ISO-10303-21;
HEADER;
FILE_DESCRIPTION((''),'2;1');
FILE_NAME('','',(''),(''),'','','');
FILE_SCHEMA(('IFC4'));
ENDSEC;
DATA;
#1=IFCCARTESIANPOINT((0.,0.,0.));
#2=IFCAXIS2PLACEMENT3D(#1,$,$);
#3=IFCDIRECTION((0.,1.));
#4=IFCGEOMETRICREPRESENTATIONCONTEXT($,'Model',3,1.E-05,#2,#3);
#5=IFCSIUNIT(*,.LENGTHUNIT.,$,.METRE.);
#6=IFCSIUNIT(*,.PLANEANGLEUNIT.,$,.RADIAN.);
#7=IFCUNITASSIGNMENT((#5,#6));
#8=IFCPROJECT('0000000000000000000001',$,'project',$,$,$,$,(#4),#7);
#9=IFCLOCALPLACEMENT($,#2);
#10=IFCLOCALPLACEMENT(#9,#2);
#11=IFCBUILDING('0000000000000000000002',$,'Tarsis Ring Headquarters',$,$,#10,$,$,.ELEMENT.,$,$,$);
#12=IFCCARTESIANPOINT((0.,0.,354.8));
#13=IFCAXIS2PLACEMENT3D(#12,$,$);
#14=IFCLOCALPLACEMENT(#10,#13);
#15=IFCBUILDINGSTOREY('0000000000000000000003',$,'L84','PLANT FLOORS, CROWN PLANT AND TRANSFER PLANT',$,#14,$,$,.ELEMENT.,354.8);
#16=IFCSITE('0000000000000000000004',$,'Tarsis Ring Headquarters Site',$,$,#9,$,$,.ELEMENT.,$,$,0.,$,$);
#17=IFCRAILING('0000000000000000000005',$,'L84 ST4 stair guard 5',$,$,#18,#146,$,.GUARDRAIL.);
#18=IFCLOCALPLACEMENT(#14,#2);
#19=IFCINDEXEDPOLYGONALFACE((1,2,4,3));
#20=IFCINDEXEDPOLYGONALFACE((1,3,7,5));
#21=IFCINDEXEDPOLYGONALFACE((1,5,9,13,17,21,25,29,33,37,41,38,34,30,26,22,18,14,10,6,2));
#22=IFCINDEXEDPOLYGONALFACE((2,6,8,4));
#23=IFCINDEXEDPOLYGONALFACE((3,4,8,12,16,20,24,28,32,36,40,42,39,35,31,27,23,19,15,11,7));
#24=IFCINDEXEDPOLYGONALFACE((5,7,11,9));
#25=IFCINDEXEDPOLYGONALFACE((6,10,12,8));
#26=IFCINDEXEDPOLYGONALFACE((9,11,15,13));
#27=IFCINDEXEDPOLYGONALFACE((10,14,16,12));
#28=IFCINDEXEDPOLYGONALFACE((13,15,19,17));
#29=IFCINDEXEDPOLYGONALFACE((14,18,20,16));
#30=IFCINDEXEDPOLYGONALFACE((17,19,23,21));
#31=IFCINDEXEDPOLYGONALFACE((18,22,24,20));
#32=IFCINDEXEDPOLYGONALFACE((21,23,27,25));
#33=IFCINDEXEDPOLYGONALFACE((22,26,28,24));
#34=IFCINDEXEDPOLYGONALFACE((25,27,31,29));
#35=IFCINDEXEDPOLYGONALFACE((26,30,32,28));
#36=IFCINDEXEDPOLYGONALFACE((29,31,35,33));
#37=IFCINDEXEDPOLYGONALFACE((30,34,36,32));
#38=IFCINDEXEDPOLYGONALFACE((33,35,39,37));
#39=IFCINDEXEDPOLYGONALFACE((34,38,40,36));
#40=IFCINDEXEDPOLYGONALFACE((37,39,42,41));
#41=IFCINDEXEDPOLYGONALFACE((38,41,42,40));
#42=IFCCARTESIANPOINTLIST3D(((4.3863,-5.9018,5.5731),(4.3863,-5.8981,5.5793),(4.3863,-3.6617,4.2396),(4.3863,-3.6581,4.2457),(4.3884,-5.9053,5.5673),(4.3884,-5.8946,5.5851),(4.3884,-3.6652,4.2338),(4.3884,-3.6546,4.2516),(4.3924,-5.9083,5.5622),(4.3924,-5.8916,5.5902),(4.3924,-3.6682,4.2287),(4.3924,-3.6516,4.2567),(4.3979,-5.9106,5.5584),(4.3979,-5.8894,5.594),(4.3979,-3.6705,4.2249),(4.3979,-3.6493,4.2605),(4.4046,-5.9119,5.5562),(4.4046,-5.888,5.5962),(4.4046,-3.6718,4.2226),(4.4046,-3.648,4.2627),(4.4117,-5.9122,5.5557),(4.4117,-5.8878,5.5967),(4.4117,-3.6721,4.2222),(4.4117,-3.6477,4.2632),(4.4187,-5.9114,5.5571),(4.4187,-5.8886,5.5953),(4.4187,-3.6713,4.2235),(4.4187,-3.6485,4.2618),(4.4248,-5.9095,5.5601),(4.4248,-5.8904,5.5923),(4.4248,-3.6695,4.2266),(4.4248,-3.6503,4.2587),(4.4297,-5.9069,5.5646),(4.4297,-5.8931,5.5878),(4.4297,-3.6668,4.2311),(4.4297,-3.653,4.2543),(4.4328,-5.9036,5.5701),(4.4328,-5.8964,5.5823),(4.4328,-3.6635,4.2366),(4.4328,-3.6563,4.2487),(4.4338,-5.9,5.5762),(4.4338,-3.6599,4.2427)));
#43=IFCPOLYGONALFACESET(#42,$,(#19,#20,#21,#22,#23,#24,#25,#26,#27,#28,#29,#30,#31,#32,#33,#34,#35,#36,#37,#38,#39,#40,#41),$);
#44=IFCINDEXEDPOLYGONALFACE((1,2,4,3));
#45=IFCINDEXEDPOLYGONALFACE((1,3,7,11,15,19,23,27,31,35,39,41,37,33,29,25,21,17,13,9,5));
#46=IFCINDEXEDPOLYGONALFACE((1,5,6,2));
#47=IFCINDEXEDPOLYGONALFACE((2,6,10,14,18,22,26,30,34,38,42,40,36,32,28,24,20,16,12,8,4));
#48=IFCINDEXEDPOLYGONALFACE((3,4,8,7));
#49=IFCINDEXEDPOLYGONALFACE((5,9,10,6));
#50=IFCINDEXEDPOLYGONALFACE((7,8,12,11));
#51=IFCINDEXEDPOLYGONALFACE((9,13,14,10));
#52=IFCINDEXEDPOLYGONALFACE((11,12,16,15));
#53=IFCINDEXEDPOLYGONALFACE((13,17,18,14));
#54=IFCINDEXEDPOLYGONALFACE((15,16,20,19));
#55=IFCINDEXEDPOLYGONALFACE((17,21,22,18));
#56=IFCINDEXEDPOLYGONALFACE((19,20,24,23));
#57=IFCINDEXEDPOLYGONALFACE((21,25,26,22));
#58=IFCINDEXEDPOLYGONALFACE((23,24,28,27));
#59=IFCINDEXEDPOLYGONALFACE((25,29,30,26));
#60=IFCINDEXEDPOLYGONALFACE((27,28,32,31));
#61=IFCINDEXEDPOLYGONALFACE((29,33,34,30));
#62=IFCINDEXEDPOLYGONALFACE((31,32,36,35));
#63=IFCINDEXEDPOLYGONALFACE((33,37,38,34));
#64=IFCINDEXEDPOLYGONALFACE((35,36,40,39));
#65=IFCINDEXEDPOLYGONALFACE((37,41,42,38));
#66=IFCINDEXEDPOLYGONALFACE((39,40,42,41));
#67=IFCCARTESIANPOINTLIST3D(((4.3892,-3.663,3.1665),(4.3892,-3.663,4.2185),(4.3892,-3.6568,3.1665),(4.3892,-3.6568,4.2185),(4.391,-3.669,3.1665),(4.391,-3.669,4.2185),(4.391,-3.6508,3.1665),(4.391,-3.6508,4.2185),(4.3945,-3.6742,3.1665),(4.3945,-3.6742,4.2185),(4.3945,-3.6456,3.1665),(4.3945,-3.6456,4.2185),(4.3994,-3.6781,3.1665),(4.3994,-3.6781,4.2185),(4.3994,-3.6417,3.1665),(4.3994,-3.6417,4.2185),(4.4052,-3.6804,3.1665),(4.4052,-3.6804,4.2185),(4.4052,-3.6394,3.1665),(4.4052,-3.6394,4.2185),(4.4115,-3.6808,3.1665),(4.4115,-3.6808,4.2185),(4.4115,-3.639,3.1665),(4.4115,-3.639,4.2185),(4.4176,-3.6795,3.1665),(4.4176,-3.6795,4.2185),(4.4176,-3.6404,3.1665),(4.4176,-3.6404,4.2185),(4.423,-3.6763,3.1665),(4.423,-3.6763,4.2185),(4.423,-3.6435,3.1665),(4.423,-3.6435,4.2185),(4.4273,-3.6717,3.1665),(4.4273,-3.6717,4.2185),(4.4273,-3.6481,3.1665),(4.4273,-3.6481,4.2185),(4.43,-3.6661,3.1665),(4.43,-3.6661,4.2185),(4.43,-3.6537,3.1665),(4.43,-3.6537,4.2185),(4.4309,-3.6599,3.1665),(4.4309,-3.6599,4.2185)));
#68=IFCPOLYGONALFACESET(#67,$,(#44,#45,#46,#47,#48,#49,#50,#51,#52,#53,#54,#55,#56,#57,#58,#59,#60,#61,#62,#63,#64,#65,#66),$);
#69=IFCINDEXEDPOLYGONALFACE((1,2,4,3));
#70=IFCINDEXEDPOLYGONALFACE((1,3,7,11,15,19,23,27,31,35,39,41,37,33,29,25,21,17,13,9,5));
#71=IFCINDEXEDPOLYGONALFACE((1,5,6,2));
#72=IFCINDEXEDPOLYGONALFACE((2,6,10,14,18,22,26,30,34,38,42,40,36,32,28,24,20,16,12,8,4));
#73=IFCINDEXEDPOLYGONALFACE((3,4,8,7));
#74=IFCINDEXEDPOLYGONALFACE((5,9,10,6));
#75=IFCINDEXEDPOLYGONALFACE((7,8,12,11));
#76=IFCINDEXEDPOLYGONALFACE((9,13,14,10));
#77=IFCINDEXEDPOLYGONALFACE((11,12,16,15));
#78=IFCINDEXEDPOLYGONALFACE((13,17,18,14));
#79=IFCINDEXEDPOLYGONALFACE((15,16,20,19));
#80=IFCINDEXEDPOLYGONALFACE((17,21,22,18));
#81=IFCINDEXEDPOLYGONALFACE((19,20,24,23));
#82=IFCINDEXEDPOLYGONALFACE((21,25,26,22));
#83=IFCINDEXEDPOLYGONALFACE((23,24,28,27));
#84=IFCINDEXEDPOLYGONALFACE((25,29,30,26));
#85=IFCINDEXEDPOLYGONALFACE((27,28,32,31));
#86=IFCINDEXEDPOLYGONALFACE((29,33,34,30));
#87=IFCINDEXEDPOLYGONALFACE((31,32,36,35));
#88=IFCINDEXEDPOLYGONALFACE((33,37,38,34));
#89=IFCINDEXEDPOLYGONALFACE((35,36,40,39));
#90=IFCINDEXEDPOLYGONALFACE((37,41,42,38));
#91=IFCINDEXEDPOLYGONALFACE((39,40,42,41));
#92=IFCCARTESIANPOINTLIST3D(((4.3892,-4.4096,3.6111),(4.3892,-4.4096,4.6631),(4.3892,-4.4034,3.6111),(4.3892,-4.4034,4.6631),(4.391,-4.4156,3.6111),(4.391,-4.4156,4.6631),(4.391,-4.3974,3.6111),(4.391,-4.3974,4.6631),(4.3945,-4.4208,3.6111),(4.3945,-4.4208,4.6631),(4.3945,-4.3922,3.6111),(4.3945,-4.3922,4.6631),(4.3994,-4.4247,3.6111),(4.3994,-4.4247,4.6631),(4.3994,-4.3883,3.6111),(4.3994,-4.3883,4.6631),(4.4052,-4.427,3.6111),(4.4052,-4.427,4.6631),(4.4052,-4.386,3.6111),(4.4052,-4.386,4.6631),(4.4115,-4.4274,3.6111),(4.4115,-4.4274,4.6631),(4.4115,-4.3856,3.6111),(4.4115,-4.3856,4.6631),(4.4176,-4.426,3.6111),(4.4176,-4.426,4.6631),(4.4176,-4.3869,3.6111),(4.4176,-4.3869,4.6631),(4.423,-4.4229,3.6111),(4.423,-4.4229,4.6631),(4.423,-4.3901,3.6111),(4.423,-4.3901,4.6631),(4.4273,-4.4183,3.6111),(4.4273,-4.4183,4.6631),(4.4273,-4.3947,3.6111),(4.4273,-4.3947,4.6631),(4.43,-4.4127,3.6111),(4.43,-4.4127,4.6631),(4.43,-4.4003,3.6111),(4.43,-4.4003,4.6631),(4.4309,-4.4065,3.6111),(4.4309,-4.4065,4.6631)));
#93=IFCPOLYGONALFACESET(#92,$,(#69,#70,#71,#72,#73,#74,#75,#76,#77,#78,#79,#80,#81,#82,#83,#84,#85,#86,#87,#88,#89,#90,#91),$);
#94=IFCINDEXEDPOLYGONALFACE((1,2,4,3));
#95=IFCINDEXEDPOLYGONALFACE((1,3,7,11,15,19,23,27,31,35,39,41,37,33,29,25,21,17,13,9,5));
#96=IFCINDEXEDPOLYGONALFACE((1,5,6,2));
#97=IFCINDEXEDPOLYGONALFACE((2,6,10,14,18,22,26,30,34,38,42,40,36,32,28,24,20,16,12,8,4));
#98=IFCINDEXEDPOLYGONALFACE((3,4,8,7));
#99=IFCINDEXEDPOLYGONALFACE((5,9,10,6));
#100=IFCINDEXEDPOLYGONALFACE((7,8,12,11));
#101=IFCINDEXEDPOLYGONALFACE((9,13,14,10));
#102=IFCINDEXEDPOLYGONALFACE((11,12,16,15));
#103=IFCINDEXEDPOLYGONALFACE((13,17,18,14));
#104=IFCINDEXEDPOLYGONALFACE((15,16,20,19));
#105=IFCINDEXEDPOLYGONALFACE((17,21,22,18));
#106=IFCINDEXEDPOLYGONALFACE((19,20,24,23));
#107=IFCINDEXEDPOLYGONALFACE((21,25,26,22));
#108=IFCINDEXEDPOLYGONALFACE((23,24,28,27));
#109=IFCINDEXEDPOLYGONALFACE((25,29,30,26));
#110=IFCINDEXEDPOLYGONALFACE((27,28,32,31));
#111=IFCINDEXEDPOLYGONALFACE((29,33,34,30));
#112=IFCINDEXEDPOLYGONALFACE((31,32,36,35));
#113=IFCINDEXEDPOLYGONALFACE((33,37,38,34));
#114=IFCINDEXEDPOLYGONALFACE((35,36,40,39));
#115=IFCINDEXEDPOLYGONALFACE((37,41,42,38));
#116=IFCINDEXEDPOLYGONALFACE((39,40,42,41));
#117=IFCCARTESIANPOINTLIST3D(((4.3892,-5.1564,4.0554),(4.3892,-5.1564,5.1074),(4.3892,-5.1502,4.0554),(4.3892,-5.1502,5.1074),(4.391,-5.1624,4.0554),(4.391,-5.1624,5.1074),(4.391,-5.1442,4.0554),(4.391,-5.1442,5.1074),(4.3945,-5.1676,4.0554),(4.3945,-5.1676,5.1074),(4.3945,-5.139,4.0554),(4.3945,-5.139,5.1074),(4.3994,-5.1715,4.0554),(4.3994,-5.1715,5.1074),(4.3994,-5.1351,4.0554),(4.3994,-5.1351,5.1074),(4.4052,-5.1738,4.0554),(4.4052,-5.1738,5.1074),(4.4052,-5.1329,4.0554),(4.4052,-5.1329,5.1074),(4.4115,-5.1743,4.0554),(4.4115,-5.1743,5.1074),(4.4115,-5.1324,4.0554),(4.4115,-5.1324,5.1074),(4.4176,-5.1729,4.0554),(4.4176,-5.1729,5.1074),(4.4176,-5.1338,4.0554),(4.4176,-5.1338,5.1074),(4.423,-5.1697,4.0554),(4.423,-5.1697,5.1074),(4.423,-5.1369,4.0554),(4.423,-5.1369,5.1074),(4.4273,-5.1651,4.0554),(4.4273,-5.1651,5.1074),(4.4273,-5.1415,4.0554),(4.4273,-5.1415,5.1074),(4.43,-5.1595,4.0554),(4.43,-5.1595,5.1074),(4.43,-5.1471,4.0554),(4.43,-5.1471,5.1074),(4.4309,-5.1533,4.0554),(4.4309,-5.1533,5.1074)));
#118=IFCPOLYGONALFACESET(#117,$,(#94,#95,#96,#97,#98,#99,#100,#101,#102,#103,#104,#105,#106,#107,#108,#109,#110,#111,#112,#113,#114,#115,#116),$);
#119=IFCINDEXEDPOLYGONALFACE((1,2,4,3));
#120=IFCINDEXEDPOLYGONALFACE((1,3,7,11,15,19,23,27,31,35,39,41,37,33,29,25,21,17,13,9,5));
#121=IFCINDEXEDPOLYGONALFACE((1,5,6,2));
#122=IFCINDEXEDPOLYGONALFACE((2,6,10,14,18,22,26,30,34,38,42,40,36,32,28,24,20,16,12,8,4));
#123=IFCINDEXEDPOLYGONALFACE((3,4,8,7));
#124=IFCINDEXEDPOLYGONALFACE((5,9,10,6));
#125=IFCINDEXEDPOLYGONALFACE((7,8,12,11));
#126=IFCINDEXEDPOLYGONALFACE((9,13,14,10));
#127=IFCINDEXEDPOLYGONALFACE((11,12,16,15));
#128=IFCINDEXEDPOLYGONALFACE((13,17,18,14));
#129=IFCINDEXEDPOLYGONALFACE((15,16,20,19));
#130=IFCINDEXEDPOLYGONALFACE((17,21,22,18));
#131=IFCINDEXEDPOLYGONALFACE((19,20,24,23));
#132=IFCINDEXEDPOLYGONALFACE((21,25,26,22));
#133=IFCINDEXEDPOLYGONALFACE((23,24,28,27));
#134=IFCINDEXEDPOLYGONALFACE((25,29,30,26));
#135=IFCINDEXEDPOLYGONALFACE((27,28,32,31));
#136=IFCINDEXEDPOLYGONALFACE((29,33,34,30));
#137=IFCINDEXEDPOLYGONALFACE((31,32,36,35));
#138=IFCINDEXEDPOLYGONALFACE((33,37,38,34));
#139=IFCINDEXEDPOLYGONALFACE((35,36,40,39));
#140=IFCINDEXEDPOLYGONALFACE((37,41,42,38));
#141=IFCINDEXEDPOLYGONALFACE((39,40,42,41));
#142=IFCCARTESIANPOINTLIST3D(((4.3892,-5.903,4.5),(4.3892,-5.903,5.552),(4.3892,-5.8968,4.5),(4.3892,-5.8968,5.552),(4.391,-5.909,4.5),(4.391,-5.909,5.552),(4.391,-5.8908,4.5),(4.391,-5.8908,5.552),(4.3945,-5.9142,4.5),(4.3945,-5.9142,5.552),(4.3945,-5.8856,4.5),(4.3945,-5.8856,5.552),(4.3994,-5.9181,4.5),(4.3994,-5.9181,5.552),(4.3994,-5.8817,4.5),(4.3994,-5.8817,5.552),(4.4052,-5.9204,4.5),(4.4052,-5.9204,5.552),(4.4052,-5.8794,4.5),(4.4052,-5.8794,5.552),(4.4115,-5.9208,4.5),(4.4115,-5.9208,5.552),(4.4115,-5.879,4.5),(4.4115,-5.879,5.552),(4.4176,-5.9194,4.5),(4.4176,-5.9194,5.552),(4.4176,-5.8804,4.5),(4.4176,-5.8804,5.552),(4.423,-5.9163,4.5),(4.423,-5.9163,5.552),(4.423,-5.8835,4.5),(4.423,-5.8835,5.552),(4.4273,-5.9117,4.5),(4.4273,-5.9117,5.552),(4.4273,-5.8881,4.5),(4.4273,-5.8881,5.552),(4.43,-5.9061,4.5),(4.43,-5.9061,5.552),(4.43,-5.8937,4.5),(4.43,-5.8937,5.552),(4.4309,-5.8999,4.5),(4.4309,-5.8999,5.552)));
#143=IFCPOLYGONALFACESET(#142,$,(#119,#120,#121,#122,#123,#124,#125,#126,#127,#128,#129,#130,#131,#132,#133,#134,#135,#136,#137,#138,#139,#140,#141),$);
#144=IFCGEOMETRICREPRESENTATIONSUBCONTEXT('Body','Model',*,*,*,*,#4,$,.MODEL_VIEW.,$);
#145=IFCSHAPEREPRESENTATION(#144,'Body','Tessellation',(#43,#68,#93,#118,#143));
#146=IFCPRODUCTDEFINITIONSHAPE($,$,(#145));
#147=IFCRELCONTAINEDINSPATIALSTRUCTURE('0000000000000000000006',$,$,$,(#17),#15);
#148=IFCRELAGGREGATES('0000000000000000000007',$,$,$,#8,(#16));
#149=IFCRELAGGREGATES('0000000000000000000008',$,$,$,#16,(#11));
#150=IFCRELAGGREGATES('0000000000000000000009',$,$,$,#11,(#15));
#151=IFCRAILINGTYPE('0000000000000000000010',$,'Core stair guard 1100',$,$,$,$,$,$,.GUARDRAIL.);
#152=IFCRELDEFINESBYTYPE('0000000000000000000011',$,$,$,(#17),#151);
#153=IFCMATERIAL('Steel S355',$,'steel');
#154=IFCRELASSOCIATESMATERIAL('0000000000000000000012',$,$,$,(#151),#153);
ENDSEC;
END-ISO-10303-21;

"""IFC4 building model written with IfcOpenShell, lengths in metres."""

from ifc_helpers import new_model, si_unit, direction, frame, origin, origin_2d, place, context, subcontext, project, spatial, circle, extrude, material, type_object, element, save


model = new_model("IFC4")

# Units and contexts
model_context = context("Model", 3, precision=1e-05, world=origin(), true_north=direction((0.0, 1.0)))
body_context = subcontext(model_context, "Body", "Model", "MODEL_VIEW")
ifc_project = project(units=[si_unit("LENGTHUNIT", "METRE"), si_unit("PLANEANGLEUNIT", "RADIAN")], contexts=[model_context])

# Site, building, storey
site_placement = place(None, origin())
site = spatial("IfcSite", under=ifc_project, at=site_placement, Name="Tarsis Ring Headquarters Site", CompositionType="ELEMENT", RefElevation=0.0)
building_placement = place(site_placement, origin())
building = spatial("IfcBuilding", under=site, at=building_placement, Name="Tarsis Ring Headquarters", CompositionType="ELEMENT")
storey_placement = place(building_placement, frame((0.0, 0.0, 354.8)))
storey = spatial("IfcBuildingStorey", under=building, at=storey_placement, Name="L84", Description="PLANT FLOORS, CROWN PLANT AND TRANSFER PLANT", CompositionType="ELEMENT", Elevation=354.8)

# Railing
ifc_material_1 = material(Name="Steel S355", Category="steel")
railing_type_1 = type_object("IfcRailingType", Name="Core stair guard 1100", PredefinedType="GUARDRAIL", material=ifc_material_1)
railing_1_placement = place(storey_placement, frame((4.4099, -3.6599, 3.1665)))
element("IfcRailing", 1, at=railing_1_placement, inside=storey, type_object=railing_type_1, Name="L84 ST4 stair guard 5", PredefinedType="GUARDRAIL", context=body_context, shape_type="SweptSolid", body=[
    extrude(circle(Radius=0.0239, at=origin_2d()), frame((0.0, 0.0, 1.0762), z_axis=(0.0, -0.859264, 0.511532), x_axis=(1.0, 0.0, 0.0)), (0.0, 0.0, 1.0), 2.6069),
    extrude(circle(Radius=0.021, at=origin_2d()), origin(), (0.0, 0.0, 1.0), 1.052),
    extrude(circle(Radius=0.021, at=origin_2d()), frame((0.0, -0.7466, 0.4446)), (0.0, 0.0, 1.0), 1.052),
    extrude(circle(Radius=0.021, at=origin_2d()), frame((0.0, -1.4934, 0.8889)), (0.0, 0.0, 1.0), 1.052),
    extrude(circle(Radius=0.021, at=origin_2d()), frame((0.0, -2.24, 1.3335)), (0.0, 0.0, 1.0), 1.052),
])

save(model, "model.ifc")
